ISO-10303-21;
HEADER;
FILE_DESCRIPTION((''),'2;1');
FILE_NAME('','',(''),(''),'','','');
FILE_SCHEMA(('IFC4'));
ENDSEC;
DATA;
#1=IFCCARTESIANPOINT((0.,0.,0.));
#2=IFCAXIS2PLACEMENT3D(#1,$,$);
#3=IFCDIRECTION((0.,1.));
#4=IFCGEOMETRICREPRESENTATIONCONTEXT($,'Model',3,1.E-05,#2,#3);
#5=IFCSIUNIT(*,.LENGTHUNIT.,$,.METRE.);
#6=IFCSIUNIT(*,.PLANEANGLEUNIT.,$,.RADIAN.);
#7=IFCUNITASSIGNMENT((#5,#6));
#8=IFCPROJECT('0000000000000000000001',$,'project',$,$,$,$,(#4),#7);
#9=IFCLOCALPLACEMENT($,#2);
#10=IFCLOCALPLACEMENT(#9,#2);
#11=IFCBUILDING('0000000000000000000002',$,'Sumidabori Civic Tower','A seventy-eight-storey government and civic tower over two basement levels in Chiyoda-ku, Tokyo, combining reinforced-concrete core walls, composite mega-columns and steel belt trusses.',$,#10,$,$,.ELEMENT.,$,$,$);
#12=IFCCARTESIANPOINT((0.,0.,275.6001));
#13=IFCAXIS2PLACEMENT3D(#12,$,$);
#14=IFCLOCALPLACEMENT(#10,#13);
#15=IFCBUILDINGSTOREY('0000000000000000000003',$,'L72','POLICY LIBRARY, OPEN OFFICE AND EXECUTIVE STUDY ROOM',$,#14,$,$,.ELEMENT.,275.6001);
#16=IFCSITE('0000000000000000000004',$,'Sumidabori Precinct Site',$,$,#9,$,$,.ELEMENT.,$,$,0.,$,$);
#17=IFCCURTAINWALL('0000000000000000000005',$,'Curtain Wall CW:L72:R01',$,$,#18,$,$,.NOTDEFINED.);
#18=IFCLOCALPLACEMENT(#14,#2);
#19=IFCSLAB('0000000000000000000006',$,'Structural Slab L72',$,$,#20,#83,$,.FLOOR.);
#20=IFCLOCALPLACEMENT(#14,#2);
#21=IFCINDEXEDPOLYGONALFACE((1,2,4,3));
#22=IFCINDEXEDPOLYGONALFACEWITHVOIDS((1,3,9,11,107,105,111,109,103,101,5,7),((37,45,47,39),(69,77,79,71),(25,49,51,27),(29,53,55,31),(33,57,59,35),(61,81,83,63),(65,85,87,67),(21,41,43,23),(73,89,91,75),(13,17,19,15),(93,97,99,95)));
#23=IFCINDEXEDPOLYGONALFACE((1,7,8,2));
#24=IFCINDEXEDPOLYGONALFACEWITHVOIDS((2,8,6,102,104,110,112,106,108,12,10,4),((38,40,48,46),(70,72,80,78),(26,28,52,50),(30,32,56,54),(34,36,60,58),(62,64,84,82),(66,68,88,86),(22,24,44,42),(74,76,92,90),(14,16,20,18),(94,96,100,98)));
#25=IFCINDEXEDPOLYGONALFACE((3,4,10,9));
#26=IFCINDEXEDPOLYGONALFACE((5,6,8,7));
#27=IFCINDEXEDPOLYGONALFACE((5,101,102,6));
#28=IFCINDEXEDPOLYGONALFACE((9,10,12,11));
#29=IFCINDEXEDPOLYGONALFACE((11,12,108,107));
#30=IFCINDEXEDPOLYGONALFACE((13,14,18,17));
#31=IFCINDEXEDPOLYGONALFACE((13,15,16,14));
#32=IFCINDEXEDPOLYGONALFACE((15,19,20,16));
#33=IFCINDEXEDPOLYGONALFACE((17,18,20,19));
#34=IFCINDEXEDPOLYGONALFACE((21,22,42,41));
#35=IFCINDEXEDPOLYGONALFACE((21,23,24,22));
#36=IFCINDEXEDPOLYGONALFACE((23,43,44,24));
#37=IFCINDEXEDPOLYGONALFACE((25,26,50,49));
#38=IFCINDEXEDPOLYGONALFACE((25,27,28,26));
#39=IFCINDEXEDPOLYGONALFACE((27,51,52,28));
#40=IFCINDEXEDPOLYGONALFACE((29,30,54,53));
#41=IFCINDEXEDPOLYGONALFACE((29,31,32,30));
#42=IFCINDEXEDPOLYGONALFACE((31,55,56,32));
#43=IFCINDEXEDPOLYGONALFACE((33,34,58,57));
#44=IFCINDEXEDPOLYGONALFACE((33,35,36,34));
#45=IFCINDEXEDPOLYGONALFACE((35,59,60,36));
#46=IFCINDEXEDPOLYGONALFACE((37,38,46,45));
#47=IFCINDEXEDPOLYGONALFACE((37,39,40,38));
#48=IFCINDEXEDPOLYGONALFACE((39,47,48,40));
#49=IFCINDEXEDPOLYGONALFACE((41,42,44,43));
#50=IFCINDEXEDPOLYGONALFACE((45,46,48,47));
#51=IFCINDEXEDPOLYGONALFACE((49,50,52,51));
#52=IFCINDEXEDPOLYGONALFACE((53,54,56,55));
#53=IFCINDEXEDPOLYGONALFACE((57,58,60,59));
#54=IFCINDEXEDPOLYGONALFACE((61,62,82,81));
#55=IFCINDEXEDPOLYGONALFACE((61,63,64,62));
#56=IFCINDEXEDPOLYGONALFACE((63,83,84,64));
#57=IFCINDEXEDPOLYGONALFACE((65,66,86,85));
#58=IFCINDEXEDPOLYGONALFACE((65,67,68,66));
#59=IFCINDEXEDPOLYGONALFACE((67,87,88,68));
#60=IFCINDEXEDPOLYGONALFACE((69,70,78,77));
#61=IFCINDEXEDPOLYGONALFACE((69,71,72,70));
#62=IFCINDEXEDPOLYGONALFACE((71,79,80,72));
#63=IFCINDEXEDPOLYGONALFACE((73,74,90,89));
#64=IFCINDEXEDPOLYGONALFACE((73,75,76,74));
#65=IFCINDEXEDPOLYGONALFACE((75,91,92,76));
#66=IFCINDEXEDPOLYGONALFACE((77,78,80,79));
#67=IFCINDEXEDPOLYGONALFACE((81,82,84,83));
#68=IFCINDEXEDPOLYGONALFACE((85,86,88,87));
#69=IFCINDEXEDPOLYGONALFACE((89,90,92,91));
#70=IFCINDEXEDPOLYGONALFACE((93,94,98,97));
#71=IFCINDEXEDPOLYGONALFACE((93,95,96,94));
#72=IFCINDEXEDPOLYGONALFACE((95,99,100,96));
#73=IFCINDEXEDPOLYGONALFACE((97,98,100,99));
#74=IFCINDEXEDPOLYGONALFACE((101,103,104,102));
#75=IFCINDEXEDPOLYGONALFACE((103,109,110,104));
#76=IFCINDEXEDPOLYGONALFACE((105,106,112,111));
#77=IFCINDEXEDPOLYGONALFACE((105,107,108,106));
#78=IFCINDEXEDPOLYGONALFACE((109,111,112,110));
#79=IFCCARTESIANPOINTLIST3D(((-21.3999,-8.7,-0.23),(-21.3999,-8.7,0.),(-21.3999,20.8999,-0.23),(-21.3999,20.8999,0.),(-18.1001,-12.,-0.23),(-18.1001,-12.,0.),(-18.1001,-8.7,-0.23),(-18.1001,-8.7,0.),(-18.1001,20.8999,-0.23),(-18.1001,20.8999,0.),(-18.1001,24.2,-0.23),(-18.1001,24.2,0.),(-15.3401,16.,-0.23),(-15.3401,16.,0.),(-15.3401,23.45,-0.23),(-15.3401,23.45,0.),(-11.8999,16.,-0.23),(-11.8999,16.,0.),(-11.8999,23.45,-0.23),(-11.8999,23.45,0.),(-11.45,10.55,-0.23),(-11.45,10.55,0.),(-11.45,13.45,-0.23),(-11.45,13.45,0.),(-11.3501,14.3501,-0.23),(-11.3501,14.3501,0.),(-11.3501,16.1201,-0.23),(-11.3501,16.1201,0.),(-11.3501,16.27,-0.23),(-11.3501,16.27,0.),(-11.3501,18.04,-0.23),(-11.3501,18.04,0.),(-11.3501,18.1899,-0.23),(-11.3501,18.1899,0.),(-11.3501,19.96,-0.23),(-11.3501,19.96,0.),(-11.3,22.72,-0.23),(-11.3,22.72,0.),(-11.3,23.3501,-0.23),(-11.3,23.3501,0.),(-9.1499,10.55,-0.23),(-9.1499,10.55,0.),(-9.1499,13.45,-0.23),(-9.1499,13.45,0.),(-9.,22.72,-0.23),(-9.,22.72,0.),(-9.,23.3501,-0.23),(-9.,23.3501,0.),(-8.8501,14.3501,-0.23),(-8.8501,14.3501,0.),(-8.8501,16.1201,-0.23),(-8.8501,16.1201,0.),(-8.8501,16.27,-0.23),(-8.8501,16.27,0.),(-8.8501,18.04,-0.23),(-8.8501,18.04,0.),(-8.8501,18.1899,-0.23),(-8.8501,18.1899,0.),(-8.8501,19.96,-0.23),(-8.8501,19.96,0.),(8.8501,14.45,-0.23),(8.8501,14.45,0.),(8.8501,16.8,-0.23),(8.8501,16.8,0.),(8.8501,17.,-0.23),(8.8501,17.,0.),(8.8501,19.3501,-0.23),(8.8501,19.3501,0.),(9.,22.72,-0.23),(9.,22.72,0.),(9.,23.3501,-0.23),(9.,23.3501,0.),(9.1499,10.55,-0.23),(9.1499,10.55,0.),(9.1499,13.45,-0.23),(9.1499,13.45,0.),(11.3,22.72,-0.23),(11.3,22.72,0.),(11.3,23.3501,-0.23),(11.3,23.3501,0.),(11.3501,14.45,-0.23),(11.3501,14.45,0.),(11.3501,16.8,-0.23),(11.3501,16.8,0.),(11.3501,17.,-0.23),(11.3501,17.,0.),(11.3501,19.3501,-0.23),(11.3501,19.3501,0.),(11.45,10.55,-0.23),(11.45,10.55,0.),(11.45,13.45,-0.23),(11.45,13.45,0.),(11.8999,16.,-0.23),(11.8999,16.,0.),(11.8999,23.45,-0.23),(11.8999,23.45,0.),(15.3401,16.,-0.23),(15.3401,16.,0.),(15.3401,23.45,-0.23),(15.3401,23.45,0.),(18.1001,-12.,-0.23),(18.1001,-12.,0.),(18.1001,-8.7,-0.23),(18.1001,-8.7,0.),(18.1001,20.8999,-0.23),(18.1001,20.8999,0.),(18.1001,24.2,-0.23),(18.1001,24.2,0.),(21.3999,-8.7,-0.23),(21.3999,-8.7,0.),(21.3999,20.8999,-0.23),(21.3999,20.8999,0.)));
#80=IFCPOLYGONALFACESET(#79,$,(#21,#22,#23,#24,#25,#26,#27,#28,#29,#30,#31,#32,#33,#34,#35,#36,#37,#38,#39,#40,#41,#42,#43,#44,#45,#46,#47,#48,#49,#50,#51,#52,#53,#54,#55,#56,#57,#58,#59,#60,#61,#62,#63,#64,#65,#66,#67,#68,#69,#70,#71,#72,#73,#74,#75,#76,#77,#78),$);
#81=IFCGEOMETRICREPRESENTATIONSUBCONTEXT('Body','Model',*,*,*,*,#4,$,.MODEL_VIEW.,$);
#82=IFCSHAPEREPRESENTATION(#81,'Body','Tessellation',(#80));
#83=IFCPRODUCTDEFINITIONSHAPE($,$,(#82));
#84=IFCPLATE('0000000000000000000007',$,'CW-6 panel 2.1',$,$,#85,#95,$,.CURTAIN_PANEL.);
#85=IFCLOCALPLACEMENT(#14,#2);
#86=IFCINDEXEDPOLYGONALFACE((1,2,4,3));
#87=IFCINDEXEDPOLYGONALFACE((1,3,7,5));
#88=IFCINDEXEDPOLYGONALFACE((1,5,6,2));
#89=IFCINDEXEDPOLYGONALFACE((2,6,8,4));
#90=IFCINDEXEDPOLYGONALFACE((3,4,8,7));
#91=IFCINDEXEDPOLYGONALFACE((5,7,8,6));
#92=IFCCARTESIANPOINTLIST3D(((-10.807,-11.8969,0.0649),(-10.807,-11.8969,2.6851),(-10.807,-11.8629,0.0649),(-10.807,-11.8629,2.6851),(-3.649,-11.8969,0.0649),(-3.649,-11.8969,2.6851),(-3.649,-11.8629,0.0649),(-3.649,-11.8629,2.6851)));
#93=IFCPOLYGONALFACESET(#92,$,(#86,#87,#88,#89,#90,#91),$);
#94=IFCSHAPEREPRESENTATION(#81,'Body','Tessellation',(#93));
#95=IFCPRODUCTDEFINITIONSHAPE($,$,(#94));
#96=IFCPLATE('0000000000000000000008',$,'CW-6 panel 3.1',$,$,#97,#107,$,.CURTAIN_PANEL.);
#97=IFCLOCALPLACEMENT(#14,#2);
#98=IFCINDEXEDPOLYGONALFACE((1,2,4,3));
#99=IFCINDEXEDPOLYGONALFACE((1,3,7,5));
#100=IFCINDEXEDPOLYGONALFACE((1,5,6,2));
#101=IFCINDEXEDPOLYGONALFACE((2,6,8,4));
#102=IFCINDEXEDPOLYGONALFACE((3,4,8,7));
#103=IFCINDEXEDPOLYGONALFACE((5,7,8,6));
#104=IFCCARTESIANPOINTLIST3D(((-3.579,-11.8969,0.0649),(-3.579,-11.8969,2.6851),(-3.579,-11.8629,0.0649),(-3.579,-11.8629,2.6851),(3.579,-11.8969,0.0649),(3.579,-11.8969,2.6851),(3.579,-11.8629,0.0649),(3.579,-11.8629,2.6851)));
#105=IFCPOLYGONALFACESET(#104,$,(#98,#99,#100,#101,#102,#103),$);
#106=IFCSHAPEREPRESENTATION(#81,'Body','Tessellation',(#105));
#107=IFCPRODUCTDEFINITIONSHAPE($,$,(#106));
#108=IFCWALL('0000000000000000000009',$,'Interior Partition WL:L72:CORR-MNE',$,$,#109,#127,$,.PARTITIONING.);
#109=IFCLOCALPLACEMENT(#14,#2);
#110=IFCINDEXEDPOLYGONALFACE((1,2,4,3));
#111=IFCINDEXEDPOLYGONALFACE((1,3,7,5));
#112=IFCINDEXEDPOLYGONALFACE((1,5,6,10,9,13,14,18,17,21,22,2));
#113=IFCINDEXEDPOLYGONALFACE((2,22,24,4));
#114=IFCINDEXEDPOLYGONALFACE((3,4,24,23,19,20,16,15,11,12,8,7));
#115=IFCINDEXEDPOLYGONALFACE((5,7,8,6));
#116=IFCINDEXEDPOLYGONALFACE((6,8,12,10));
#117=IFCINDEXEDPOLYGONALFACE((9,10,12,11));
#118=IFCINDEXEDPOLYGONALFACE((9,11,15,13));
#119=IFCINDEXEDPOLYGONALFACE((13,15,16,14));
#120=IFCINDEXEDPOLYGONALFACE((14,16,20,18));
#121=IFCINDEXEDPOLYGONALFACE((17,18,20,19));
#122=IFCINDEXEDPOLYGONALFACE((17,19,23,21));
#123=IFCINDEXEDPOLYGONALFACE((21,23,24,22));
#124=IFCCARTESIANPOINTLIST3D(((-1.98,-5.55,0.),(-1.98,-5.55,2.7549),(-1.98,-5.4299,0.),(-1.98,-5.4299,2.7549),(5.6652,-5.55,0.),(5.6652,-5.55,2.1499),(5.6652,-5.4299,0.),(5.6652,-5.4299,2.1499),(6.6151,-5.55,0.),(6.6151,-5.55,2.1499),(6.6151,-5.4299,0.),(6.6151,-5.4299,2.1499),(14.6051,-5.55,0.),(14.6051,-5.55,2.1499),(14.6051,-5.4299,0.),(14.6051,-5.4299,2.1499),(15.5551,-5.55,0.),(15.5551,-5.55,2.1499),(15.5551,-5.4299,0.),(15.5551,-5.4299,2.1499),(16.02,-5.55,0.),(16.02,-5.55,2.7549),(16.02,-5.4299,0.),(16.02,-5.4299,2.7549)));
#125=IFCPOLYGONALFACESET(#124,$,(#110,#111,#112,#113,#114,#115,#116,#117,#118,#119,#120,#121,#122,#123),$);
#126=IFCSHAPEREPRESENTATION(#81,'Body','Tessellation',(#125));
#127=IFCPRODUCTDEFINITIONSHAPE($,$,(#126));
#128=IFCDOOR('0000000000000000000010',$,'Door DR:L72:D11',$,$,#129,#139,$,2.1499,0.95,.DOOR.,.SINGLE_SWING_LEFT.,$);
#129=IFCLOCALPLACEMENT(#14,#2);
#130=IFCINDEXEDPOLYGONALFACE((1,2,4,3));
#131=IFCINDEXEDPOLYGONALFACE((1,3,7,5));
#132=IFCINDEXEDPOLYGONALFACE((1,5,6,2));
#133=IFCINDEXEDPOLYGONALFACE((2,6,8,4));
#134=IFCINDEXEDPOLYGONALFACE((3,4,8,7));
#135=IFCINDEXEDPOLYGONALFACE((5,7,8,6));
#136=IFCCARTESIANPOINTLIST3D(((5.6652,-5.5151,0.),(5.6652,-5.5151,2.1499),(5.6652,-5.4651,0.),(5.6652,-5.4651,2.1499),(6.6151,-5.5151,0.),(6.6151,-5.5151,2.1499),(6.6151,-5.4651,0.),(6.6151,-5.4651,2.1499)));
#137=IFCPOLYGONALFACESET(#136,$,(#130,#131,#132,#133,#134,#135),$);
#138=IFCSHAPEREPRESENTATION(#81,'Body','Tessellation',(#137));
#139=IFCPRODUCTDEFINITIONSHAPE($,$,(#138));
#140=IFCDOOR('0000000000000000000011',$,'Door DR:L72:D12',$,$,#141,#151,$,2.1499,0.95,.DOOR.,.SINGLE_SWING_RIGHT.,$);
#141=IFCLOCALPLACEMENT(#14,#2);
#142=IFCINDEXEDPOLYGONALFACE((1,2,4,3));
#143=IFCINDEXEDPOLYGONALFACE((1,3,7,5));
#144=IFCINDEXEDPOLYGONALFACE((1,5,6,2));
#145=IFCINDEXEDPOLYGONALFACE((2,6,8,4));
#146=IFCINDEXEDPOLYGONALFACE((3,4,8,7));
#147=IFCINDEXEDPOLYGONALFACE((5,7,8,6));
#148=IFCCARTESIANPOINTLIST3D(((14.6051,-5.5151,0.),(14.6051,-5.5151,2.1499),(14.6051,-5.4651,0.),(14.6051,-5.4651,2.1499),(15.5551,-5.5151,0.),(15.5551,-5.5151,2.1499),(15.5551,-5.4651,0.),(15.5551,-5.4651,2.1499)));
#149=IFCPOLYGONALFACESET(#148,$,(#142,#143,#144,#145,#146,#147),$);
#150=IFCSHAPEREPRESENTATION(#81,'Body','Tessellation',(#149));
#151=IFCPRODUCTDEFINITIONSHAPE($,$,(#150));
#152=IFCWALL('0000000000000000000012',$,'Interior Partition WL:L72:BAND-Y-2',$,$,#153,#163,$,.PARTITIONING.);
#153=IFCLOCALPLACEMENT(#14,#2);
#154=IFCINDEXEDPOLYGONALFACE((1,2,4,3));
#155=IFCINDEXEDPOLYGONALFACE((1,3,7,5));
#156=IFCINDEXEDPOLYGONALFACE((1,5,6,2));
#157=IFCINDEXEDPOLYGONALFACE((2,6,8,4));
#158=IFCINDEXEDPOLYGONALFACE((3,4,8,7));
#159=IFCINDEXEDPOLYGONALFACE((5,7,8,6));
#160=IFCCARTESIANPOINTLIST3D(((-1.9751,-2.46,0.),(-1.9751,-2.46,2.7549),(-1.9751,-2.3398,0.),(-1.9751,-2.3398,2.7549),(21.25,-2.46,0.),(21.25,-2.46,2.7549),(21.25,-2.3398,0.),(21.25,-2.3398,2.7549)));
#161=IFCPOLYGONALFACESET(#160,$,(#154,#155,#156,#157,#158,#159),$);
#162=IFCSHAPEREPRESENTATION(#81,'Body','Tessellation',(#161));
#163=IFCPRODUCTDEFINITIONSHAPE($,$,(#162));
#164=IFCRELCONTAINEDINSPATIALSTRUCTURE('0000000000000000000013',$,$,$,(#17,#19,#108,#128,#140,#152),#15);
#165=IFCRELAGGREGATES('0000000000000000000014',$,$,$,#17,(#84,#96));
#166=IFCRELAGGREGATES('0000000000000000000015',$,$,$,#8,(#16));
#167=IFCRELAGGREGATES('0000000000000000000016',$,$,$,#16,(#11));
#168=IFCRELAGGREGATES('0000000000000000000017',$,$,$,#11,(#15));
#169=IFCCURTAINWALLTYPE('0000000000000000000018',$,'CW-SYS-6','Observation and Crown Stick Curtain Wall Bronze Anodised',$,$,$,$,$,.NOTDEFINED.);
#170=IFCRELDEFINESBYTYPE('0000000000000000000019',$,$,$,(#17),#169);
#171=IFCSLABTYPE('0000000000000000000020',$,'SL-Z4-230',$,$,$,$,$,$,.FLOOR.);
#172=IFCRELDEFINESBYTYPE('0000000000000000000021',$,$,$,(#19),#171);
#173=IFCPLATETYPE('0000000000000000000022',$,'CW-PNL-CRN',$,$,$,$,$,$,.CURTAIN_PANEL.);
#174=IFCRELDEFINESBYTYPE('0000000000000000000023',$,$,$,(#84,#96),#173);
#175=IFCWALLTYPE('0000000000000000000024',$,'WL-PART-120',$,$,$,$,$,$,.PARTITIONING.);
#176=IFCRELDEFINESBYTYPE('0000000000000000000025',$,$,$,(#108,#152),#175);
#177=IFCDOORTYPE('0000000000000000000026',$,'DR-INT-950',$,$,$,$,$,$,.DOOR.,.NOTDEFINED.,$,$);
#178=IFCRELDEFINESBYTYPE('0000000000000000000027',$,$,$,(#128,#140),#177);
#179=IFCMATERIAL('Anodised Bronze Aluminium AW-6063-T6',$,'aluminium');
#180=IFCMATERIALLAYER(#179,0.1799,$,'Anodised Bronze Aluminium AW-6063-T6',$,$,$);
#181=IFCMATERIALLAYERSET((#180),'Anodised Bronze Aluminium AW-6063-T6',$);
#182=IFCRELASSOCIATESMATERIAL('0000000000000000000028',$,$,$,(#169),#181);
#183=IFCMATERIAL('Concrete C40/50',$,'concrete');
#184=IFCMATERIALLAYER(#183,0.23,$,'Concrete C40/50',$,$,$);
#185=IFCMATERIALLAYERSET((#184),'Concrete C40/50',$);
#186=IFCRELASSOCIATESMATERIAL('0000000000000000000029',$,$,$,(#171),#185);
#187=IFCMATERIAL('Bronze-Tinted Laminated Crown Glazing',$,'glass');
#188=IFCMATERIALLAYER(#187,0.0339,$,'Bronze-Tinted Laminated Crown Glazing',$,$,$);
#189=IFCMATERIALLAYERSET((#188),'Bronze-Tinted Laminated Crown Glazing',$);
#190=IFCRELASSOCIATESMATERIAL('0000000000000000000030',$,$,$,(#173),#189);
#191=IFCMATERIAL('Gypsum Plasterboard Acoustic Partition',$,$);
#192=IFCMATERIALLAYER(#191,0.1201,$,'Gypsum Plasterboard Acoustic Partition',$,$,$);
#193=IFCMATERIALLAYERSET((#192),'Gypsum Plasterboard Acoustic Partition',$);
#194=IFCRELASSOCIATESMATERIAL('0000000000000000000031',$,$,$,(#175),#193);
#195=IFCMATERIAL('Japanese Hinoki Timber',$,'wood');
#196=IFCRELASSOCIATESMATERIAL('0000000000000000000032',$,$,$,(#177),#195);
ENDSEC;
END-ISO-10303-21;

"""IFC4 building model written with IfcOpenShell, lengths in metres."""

from ifc_helpers import new_model, si_unit, direction, frame, frame_2d, origin, origin_2d, place, context, subcontext, project, spatial, polyline, rectangle, outline, extrude, source, transform, mapped, material, layer, layer_set, type_object, element, fill, aggregate, save


model = new_model("IFC4")

# Units and contexts
model_context = context("Model", 3, precision=1e-05, world=origin(), true_north=direction((0.0, 1.0)))
body_context = subcontext(model_context, "Body", "Model", "MODEL_VIEW")
ifc_project = project(units=[si_unit("LENGTHUNIT", "METRE"), si_unit("PLANEANGLEUNIT", "RADIAN")], contexts=[model_context])

# Site, building, storey
site_placement = place(None, origin())
site = spatial("IfcSite", under=ifc_project, at=site_placement, Name="Sumidabori Precinct Site", CompositionType="ELEMENT", RefElevation=0.0)
building_placement = place(site_placement, origin())
building = spatial("IfcBuilding", under=site, at=building_placement, Name="Sumidabori Civic Tower", Description="A seventy-eight-storey government and civic tower over two basement levels in Chiyoda-ku, Tokyo, combining reinforced-concrete core walls, composite mega-columns and steel belt trusses.", CompositionType="ELEMENT")
storey_placement = place(building_placement, frame((0.0, 0.0, 275.6001)))
storey = spatial("IfcBuildingStorey", under=building, at=storey_placement, Name="L72", Description="POLICY LIBRARY, OPEN OFFICE AND EXECUTIVE STUDY ROOM", CompositionType="ELEMENT", Elevation=275.6001)

# Curtain wall
ifc_material_1 = material(Name="Anodised Bronze Aluminium AW-6063-T6", Category="aluminium")
ifc_layer_1 = layer(ifc_material_1, 0.1799, Name="Anodised Bronze Aluminium AW-6063-T6")
ifc_layer_set_1 = layer_set([ifc_layer_1], Name="Anodised Bronze Aluminium AW-6063-T6")
curtain_wall_type = type_object("IfcCurtainWallType", Name="CW-SYS-6", Description="Observation and Crown Stick Curtain Wall Bronze Anodised", PredefinedType="NOTDEFINED", material=ifc_layer_set_1)
curtain_wall_placement = place(storey_placement, origin())
curtain_wall = element("IfcCurtainWall", 1, at=curtain_wall_placement, inside=storey, type_object=curtain_wall_type, Name="Curtain Wall CW:L72:R01", PredefinedType="NOTDEFINED")

# Shared definitions
ifc_material_2 = material(Name="Concrete C40/50", Category="concrete")

# Slab
ifc_layer_2 = layer(ifc_material_2, 0.23, Name="Concrete C40/50")
ifc_layer_set_2 = layer_set([ifc_layer_2], Name="Concrete C40/50")
slab_type_1 = type_object("IfcSlabType", Name="SL-Z4-230", PredefinedType="FLOOR", material=ifc_layer_set_2)
slab_1_placement = place(storey_placement, frame((0.0, 0.0, -0.23)))
element("IfcSlab", 2, at=slab_1_placement, inside=storey, type_object=slab_type_1, Name="Structural Slab L72", PredefinedType="FLOOR", context=body_context, shape_type="SweptSolid", body=[
    extrude(outline(polyline([(-18.1001, -12.0), (18.1001, -12.0), (18.1001, -8.7), (21.3999, -8.7), (21.3999, 20.8999), (18.1001, 20.8999), (18.1001, 24.2), (-18.1001, 24.2), (-18.1001, 20.8999), (-21.3999, 20.8999), (-21.3999, -8.7), (-18.1001, -8.7), (-18.1001, -12.0)]), holes=[polyline([(-11.8999, 16.0), (-11.8999, 23.45), (-15.3401, 23.45), (-15.3401, 16.0), (-11.8999, 16.0)]), polyline([(15.3401, 16.0), (15.3401, 23.45), (11.8999, 23.45), (11.8999, 16.0), (15.3401, 16.0)]), polyline([(-11.45, 10.55), (-9.1499, 10.55), (-9.1499, 13.45), (-11.45, 13.45), (-11.45, 10.55)]), polyline([(9.1499, 10.55), (11.45, 10.55), (11.45, 13.45), (9.1499, 13.45), (9.1499, 10.55)]), polyline([(-11.3501, 14.3501), (-8.8501, 14.3501), (-8.8501, 16.1201), (-11.3501, 16.1201), (-11.3501, 14.3501)]), polyline([(-11.3501, 16.27), (-8.8501, 16.27), (-8.8501, 18.04), (-11.3501, 18.04), (-11.3501, 16.27)]), polyline([(-11.3501, 18.1899), (-8.8501, 18.1899), (-8.8501, 19.96), (-11.3501, 19.96), (-11.3501, 18.1899)]), polyline([(8.8501, 14.45), (11.3501, 14.45), (11.3501, 16.8), (8.8501, 16.8), (8.8501, 14.45)]), polyline([(8.8501, 17.0), (11.3501, 17.0), (11.3501, 19.3501), (8.8501, 19.3501), (8.8501, 17.0)]), polyline([(-11.3, 22.72), (-9.0, 22.72), (-9.0, 23.3501), (-11.3, 23.3501), (-11.3, 22.72)]), polyline([(9.0, 22.72), (11.3, 22.72), (11.3, 23.3501), (9.0, 23.3501), (9.0, 22.72)])]), origin(), (0.0, 0.0, 1.0), 0.23),
])

# Plates
ifc_material_3 = material(Name="Bronze-Tinted Laminated Crown Glazing", Category="glass")
ifc_layer_3 = layer(ifc_material_3, 0.0339, Name="Bronze-Tinted Laminated Crown Glazing")
ifc_layer_set_3 = layer_set([ifc_layer_3], Name="Bronze-Tinted Laminated Crown Glazing")
plate_type = type_object("IfcPlateType", Name="CW-PNL-CRN", PredefinedType="CURTAIN_PANEL", material=ifc_layer_set_3)
shared_shape_1 = source(origin(), body_context, "Body", "SweptSolid", [
    extrude(rectangle(XDim=7.158, YDim=0.0339, at=origin_2d()), origin(), (0.0, 0.0, 1.0), 2.6201),
])
plate_1_placement = place(storey_placement, frame((-7.228, -11.8799, 0.0649), z_axis=(0.0, 0.0, 1.0), x_axis=(1.0, 0.0, 0.0)))
plate_1 = element("IfcPlate", 3, at=plate_1_placement, type_object=plate_type, Name="CW-6 panel 2.1", PredefinedType="CURTAIN_PANEL", context=body_context, shape_type="MappedRepresentation", body=[
    mapped(shared_shape_1, transform((0.0, 0.0, 0.0), x_axis=(1.0, 0.0, 0.0), y_axis=(0.0, 1.0, 0.0), z_axis=(0.0, 0.0, 1.0), scale=1.0)),
])
plate_2_placement = place(storey_placement, frame((0.0, -11.8799, 0.0649), z_axis=(0.0, 0.0, 1.0), x_axis=(1.0, 0.0, 0.0)))
plate_2 = element("IfcPlate", 4, at=plate_2_placement, type_object=plate_type, Name="CW-6 panel 3.1", PredefinedType="CURTAIN_PANEL", context=body_context, shape_type="MappedRepresentation", body=[
    mapped(shared_shape_1, transform((0.0, 0.0, 0.0), x_axis=(1.0, 0.0, 0.0), y_axis=(0.0, 1.0, 0.0), z_axis=(0.0, 0.0, 1.0), scale=1.0)),
])
aggregate(curtain_wall, [plate_1, plate_2])

# Wall, openings, doors
ifc_material_4 = material(Name="Gypsum Plasterboard Acoustic Partition")
ifc_layer_4 = layer(ifc_material_4, 0.1201, Name="Gypsum Plasterboard Acoustic Partition")
ifc_layer_set_4 = layer_set([ifc_layer_4], Name="Gypsum Plasterboard Acoustic Partition")
wall_type = type_object("IfcWallType", Name="WL-PART-120", PredefinedType="PARTITIONING", material=ifc_layer_set_4)
shared_shape_2 = source(origin(), body_context, "Body", "SweptSolid", [
    extrude(rectangle(XDim=18.0, YDim=0.1201, at=frame_2d((9.0, 0.0))), origin(), (0.0, 0.0, 1.0), 2.7549),
])
wall_1_placement = place(storey_placement, frame((-1.98, -5.49, 0.0), z_axis=(0.0, 0.0, 1.0), x_axis=(1.0, 0.0, 0.0)))
wall_1 = element("IfcWall", 5, at=wall_1_placement, inside=storey, type_object=wall_type, Name="Interior Partition WL:L72:CORR-MNE", PredefinedType="PARTITIONING", context=body_context, shape_type="MappedRepresentation", body=[
    mapped(shared_shape_2, transform((0.0, 0.0, 0.0), x_axis=(1.0, 0.0, 0.0), y_axis=(0.0, 1.0, 0.0), z_axis=(0.0, 0.0, 1.0), scale=1.0)),
])
opening_1_placement = place(wall_1_placement, frame((7.645, 0.0, 0.0)))
opening_1 = element("IfcOpeningElement", 6, at=opening_1_placement, cuts=wall_1, PredefinedType="OPENING", context=body_context, shape_type="SweptSolid", body=[
    extrude(rectangle(XDim=0.95, YDim=2.1499, at=frame_2d((0.4751, 1.075))), frame((0.0, 0.072, 0.0), z_axis=(0.0, -1.0, 0.0), x_axis=(1.0, 0.0, 0.0)), (0.0, 0.0, 1.0), 0.144),
])
opening_2_placement = place(wall_1_placement, frame((16.585, 0.0, 0.0)))
opening_2 = element("IfcOpeningElement", 7, at=opening_2_placement, cuts=wall_1, PredefinedType="OPENING", context=body_context, shape_type="SweptSolid", body=[
    extrude(rectangle(XDim=0.95, YDim=2.1499, at=frame_2d((0.4751, 1.075))), frame((0.0, 0.072, 0.0), z_axis=(0.0, -1.0, 0.0), x_axis=(1.0, 0.0, 0.0)), (0.0, 0.0, 1.0), 0.144),
])
ifc_material_5 = material(Name="Japanese Hinoki Timber", Category="wood")
door_type = type_object("IfcDoorType", Name="DR-INT-950", OperationType="NOTDEFINED", PredefinedType="DOOR", material=ifc_material_5)
shared_shape_3 = source(origin(), body_context, "Body", "SweptSolid", [
    extrude(rectangle(XDim=0.95, YDim=2.1499, at=frame_2d((0.4751, 1.075))), frame((0.0, 0.0249, 0.0), z_axis=(0.0, -1.0, 0.0), x_axis=(1.0, 0.0, 0.0)), (0.0, 0.0, 1.0), 0.05),
])
door_1_placement = place(opening_1_placement, origin())
door_1 = element("IfcDoor", 8, at=door_1_placement, inside=storey, type_object=door_type, Name="Door DR:L72:D11", OperationType="SINGLE_SWING_LEFT", OverallHeight=2.1499, OverallWidth=0.95, PredefinedType="DOOR", context=body_context, shape_type="MappedRepresentation", body=[
    mapped(shared_shape_3, transform((0.0, 0.0, 0.0), x_axis=(1.0, 0.0, 0.0), y_axis=(0.0, 1.0, 0.0), z_axis=(0.0, 0.0, 1.0), scale=1.0)),
])
fill(opening_1, door_1)
door_2_placement = place(opening_2_placement, origin())
door_2 = element("IfcDoor", 9, at=door_2_placement, inside=storey, type_object=door_type, Name="Door DR:L72:D12", OperationType="SINGLE_SWING_RIGHT", OverallHeight=2.1499, OverallWidth=0.95, PredefinedType="DOOR", context=body_context, shape_type="MappedRepresentation", body=[
    mapped(shared_shape_3, transform((0.0, 0.0, 0.0), x_axis=(1.0, 0.0, 0.0), y_axis=(0.0, 1.0, 0.0), z_axis=(0.0, 0.0, 1.0), scale=1.0)),
])
fill(opening_2, door_2)

# Wall
shared_shape_4 = source(origin(), body_context, "Body", "SweptSolid", [
    extrude(rectangle(XDim=23.2251, YDim=0.1201, at=frame_2d((11.6125, 0.0))), origin(), (0.0, 0.0, 1.0), 2.7549),
])
wall_2_placement = place(storey_placement, frame((-1.9751, -2.3999, 0.0), z_axis=(0.0, 0.0, 1.0), x_axis=(1.0, 0.0, 0.0)))
element("IfcWall", 10, at=wall_2_placement, inside=storey, type_object=wall_type, Name="Interior Partition WL:L72:BAND-Y-2", PredefinedType="PARTITIONING", context=body_context, shape_type="MappedRepresentation", body=[
    mapped(shared_shape_4, transform((0.0, 0.0, 0.0), x_axis=(1.0, 0.0, 0.0), y_axis=(0.0, 1.0, 0.0), z_axis=(0.0, 0.0, 1.0), scale=1.0)),
])

save(model, "model.ifc")
